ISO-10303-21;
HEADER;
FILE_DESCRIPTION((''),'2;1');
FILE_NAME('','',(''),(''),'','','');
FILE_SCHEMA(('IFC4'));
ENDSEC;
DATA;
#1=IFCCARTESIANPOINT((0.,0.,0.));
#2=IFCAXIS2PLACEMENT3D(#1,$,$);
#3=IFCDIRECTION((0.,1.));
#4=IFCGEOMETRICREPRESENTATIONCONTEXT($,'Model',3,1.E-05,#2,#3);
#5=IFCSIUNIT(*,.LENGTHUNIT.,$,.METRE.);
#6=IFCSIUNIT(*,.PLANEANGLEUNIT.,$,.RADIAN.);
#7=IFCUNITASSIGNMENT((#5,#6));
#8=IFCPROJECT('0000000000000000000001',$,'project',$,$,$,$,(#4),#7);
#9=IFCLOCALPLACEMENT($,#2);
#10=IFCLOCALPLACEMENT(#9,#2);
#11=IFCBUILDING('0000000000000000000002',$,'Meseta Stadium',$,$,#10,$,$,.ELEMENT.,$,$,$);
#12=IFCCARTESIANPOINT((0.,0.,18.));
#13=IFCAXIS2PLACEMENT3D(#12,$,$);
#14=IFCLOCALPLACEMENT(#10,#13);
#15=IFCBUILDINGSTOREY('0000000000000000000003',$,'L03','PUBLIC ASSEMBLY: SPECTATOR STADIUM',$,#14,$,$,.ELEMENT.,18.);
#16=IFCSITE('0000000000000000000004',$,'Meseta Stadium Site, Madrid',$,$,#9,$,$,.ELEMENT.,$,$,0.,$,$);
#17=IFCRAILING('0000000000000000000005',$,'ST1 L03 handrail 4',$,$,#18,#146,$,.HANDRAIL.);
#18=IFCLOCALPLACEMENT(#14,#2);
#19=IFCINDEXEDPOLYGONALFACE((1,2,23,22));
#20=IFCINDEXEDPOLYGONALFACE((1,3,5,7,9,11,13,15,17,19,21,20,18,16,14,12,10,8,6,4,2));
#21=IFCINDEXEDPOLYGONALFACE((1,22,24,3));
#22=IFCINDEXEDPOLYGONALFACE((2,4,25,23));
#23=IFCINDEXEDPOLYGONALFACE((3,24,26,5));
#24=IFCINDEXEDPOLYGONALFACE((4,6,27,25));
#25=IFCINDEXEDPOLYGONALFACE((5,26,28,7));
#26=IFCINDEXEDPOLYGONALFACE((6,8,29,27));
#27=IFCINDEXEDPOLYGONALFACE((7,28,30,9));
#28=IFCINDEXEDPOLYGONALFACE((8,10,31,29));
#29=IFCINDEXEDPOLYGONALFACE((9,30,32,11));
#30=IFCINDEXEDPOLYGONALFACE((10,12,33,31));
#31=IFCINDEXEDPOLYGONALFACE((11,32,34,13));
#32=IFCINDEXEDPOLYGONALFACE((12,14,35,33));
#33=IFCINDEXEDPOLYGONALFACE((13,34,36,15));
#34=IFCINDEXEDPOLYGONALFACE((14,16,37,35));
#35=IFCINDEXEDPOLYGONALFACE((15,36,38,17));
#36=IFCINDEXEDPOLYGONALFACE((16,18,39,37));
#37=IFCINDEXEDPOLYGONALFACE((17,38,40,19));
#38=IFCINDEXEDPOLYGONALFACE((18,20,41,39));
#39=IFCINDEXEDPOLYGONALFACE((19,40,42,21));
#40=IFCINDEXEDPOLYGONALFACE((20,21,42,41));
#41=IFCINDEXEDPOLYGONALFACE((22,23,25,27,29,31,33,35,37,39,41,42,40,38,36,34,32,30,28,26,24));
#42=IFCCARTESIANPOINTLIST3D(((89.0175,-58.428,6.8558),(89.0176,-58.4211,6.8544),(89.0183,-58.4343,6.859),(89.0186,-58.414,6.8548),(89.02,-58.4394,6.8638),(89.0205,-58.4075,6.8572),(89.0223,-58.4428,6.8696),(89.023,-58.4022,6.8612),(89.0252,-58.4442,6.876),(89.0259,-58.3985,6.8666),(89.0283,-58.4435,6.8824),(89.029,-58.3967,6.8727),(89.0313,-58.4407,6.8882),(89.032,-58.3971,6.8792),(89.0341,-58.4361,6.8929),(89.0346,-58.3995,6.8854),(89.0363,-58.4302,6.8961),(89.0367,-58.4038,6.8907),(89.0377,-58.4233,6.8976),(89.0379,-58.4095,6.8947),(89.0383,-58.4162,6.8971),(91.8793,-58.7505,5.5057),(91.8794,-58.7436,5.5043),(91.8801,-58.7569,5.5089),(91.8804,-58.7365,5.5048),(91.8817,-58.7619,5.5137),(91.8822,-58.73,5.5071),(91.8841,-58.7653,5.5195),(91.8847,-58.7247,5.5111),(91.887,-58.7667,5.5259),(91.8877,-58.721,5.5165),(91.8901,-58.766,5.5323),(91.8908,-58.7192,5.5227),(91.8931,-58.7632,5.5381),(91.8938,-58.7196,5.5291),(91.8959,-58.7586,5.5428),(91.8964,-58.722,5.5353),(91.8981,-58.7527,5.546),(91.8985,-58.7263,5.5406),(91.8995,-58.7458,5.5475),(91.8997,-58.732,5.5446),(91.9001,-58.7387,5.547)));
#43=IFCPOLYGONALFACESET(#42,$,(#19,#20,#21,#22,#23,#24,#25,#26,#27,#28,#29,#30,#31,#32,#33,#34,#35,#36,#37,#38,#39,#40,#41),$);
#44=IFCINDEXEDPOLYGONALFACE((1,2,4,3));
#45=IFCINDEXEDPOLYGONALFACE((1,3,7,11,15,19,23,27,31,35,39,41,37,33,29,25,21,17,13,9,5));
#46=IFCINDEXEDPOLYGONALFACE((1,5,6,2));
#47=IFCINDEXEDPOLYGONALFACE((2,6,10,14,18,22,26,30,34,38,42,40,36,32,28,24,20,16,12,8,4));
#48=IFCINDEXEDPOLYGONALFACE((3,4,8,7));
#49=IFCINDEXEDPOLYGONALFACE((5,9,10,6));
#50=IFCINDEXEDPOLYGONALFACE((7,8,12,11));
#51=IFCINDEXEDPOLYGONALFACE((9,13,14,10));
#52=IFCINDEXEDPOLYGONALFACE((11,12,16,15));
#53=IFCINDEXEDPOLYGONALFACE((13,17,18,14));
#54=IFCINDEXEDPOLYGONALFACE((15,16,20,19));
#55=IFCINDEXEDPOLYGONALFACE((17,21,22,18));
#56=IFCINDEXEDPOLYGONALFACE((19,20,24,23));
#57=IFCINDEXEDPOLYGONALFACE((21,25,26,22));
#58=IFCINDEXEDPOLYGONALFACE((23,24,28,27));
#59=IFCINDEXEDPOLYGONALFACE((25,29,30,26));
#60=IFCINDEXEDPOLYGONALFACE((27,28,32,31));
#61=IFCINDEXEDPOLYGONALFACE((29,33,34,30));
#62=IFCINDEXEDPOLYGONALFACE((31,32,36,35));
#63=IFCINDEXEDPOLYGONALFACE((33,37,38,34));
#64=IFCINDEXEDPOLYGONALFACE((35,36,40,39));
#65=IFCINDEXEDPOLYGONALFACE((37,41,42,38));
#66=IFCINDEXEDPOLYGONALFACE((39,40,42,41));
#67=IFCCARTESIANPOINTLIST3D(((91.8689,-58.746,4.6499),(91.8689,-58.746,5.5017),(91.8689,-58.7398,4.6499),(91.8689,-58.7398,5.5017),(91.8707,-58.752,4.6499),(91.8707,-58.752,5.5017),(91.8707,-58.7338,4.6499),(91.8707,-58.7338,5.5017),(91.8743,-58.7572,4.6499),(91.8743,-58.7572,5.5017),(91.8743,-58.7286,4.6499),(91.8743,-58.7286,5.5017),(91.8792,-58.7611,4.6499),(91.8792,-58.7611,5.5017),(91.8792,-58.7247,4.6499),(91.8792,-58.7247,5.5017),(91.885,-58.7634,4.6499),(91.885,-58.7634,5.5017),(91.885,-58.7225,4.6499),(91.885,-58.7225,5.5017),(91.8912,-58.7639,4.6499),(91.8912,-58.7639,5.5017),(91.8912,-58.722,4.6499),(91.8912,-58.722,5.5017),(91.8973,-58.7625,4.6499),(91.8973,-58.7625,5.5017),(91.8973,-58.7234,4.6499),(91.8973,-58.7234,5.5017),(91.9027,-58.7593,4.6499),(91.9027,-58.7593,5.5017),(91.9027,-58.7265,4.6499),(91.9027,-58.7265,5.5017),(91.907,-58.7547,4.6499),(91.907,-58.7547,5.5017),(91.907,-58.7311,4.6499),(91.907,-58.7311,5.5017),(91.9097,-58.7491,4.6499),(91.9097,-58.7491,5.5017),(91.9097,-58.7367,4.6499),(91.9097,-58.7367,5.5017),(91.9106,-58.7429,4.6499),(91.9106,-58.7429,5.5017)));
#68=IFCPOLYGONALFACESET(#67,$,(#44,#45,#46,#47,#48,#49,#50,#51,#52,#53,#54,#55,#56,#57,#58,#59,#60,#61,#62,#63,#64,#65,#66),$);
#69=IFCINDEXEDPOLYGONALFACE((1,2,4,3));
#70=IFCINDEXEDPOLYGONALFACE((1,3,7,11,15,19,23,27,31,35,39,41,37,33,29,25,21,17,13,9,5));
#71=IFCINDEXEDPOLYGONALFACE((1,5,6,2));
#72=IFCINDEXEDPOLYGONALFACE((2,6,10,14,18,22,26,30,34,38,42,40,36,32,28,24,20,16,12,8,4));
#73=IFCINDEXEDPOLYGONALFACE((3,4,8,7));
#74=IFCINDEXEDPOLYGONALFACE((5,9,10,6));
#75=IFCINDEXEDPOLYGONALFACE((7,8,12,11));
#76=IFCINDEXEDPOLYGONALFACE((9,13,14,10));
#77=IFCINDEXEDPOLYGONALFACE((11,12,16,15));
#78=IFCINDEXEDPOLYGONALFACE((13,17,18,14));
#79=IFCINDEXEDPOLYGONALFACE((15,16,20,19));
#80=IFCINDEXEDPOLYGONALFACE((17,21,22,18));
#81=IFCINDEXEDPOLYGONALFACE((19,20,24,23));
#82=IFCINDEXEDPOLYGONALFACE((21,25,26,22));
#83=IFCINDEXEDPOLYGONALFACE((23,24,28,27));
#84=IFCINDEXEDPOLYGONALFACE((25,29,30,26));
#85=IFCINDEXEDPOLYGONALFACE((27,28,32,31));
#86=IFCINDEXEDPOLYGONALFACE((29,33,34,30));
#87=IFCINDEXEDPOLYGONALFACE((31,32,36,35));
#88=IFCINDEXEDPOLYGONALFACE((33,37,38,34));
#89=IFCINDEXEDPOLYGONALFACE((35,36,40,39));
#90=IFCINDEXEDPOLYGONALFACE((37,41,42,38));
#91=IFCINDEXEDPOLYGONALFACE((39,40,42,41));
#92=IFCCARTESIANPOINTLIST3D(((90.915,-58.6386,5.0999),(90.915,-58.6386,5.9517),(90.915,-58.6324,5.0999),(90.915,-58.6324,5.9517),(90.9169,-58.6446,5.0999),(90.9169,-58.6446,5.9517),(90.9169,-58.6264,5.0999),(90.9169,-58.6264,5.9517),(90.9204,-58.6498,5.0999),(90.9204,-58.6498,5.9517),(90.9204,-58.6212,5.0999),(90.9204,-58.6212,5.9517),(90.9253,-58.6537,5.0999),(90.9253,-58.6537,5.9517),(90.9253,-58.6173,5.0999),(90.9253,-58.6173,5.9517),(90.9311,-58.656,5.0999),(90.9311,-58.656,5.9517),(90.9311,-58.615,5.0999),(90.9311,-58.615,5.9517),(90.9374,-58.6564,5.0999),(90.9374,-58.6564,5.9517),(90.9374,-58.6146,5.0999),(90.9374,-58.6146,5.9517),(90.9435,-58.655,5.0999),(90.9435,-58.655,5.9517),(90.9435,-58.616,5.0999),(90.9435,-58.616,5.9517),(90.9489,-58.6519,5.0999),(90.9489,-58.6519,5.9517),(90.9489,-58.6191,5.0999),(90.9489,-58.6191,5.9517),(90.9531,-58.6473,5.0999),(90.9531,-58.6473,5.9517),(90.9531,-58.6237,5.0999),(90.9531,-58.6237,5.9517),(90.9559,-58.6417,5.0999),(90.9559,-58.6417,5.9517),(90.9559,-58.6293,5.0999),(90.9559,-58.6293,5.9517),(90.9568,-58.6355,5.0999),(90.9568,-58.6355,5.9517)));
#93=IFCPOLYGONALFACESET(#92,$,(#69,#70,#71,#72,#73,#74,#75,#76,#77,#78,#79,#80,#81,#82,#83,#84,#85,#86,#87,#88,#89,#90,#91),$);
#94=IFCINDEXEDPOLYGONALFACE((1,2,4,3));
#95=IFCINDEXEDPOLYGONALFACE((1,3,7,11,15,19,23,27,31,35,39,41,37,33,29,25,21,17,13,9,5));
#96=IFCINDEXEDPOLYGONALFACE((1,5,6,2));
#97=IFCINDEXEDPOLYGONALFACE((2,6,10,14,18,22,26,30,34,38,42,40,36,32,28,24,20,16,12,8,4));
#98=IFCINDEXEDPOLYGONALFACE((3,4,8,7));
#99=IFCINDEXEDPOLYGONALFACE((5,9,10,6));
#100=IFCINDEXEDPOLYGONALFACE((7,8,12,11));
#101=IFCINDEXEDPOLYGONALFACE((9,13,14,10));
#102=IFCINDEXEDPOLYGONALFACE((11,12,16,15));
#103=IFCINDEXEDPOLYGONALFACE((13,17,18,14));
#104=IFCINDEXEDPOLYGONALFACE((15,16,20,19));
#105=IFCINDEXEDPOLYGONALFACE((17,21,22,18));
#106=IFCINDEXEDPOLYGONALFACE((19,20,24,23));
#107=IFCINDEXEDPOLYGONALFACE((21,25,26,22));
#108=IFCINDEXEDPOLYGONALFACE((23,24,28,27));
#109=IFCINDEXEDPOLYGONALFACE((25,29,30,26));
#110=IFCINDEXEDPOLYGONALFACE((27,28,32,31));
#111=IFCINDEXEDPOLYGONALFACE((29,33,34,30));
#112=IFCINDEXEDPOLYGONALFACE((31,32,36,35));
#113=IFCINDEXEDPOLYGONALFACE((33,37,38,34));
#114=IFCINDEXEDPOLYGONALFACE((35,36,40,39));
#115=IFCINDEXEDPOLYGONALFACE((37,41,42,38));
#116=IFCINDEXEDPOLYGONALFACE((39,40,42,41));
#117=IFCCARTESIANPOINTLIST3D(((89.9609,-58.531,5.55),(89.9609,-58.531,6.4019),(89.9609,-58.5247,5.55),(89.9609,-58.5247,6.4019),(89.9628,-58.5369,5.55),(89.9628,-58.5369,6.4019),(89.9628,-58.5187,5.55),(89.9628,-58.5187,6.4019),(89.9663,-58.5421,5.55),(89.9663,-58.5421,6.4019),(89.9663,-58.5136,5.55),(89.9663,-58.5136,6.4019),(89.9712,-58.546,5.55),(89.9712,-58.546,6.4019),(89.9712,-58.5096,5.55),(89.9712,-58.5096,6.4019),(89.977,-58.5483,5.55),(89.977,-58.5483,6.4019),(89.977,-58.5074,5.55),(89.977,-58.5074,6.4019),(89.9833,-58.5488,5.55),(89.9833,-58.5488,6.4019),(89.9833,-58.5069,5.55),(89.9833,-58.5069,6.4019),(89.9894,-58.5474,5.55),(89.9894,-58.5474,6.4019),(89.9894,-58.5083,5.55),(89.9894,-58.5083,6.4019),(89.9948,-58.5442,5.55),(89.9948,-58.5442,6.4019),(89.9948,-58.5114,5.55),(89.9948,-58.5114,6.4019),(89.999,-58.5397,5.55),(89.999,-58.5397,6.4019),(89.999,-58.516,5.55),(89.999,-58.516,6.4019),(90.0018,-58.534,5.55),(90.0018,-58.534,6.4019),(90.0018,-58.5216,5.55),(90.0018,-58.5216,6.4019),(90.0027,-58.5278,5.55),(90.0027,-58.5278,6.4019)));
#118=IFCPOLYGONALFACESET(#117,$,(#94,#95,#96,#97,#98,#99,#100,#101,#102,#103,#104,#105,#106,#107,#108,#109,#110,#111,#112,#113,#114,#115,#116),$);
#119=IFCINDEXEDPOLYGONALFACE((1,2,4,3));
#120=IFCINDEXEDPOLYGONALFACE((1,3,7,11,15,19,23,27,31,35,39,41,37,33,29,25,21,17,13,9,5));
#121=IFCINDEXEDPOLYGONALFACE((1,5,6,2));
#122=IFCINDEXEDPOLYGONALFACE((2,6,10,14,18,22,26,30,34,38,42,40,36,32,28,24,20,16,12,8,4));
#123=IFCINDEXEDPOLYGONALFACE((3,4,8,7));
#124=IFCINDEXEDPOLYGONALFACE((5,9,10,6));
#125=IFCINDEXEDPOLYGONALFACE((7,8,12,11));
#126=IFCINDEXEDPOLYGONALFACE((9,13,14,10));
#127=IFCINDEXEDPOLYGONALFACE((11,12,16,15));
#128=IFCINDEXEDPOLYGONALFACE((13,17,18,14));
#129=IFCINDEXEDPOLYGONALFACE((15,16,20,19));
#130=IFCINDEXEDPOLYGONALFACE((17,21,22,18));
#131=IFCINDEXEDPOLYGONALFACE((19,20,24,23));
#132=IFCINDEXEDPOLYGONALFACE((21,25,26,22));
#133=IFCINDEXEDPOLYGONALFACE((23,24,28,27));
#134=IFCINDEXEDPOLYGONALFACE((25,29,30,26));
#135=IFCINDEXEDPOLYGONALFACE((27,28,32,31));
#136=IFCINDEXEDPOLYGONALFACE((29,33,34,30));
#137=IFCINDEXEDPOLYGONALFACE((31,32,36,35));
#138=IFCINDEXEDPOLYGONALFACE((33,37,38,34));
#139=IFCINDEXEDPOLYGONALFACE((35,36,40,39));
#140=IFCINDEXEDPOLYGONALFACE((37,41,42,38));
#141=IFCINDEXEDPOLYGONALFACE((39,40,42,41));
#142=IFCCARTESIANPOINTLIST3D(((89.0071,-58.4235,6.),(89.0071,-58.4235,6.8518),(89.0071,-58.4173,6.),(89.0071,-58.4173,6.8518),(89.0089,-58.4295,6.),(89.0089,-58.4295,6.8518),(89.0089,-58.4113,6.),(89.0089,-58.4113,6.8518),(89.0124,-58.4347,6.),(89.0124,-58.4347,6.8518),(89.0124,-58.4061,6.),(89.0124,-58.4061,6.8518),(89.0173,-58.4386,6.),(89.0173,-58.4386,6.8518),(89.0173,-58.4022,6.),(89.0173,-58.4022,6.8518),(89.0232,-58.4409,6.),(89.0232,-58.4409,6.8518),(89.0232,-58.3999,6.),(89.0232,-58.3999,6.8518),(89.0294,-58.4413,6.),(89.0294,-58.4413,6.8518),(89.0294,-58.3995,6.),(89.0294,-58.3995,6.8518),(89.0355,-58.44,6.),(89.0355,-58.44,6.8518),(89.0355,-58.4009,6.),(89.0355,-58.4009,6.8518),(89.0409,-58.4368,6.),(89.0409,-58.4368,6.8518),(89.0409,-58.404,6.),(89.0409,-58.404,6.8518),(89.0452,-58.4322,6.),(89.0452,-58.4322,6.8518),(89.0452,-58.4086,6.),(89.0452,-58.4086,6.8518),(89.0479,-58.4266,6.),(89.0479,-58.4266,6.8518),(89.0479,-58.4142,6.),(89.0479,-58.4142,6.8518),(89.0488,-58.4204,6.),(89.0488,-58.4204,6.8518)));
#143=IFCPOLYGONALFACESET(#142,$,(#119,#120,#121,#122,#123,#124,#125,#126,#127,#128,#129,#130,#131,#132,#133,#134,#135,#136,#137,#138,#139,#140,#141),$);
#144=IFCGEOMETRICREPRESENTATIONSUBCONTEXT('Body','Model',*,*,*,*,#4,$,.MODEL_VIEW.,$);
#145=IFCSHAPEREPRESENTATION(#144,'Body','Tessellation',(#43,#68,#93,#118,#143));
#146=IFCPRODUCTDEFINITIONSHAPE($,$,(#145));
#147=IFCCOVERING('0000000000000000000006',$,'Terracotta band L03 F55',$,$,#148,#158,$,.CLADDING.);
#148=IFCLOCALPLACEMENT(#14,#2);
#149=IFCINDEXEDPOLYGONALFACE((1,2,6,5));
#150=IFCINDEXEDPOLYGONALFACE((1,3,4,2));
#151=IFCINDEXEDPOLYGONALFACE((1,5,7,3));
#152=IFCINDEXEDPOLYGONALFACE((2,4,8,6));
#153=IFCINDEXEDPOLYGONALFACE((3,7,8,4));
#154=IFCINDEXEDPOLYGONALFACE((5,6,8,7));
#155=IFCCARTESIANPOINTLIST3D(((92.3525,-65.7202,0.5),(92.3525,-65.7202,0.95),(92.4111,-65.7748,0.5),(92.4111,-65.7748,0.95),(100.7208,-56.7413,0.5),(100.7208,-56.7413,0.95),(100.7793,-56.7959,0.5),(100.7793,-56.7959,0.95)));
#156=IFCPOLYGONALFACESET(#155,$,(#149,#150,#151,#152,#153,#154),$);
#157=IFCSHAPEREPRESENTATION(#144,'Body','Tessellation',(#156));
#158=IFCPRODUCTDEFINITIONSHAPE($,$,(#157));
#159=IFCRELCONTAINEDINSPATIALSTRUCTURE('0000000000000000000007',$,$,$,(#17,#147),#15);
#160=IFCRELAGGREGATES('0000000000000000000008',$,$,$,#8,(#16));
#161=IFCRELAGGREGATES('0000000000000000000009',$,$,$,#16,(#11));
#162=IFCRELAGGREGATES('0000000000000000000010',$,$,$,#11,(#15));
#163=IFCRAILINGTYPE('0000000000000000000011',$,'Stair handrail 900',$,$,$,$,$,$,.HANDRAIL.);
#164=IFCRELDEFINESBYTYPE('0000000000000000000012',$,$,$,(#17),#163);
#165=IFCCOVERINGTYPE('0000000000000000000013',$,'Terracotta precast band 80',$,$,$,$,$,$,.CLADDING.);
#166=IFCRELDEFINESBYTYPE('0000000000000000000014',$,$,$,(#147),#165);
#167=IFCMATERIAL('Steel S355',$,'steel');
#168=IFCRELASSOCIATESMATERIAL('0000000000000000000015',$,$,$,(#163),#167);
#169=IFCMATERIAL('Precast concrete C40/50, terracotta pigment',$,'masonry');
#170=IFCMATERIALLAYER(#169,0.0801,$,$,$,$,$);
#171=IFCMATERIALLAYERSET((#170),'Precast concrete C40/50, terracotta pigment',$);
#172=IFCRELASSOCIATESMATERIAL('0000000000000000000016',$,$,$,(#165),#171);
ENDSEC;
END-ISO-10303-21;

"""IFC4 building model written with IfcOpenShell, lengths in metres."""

from ifc_helpers import new_model, si_unit, direction, frame, origin, origin_2d, place, context, subcontext, project, spatial, rectangle, circle, extrude, material, layer, layer_set, type_object, element, save


model = new_model("IFC4")

# Units and contexts
model_context = context("Model", 3, precision=1e-05, world=origin(), true_north=direction((0.0, 1.0)))
body_context = subcontext(model_context, "Body", "Model", "MODEL_VIEW")
ifc_project = project(units=[si_unit("LENGTHUNIT", "METRE"), si_unit("PLANEANGLEUNIT", "RADIAN")], contexts=[model_context])

# Site, building, storey
site_placement = place(None, origin())
site = spatial("IfcSite", under=ifc_project, at=site_placement, Name="Meseta Stadium Site, Madrid", CompositionType="ELEMENT", RefElevation=0.0)
building_placement = place(site_placement, origin())
building = spatial("IfcBuilding", under=site, at=building_placement, Name="Meseta Stadium", CompositionType="ELEMENT")
storey_placement = place(building_placement, frame((0.0, 0.0, 18.0)))
storey = spatial("IfcBuildingStorey", under=building, at=storey_placement, Name="L03", Description="PUBLIC ASSEMBLY: SPECTATOR STADIUM", CompositionType="ELEMENT", Elevation=18.0)

# Railing
ifc_material_1 = material(Name="Steel S355", Category="steel")
railing_type = type_object("IfcRailingType", Name="Stair handrail 900", PredefinedType="HANDRAIL", material=ifc_material_1)
for number, where, name in (
    (1, (91.8896, -58.7429, 4.6499), "ST1 L03 handrail 4"),
):
    element("IfcRailing", number, at=place(storey_placement, frame(where)), inside=storey, type_object=railing_type, Name=name, PredefinedType="HANDRAIL", context=body_context, shape_type="SweptSolid", body=[
        extrude(circle(Radius=0.0239, at=origin_2d()), frame((0.0, 0.0, 0.876), z_axis=(-0.899748, 0.101396, 0.424467), x_axis=(-0.111985, -0.99371, 0.0)), (0.0, 0.0, 1.0), 3.1807),
        extrude(circle(Radius=0.021, at=origin_2d()), origin(), (0.0, 0.0, 1.0), 0.8518),
        extrude(circle(Radius=0.021, at=origin_2d()), frame((-0.9539, 0.1074, 0.45)), (0.0, 0.0, 1.0), 0.8518),
        extrude(circle(Radius=0.021, at=origin_2d()), frame((-1.908, 0.2151, 0.9001)), (0.0, 0.0, 1.0), 0.8518),
        extrude(circle(Radius=0.021, at=origin_2d()), frame((-2.8618, 0.3225, 1.3501)), (0.0, 0.0, 1.0), 0.8518),
    ])

# Covering
ifc_material_2 = material(Name="Precast concrete C40/50, terracotta pigment", Category="masonry")
ifc_layer_1 = layer(ifc_material_2, 0.0801)
ifc_layer_set_1 = layer_set([ifc_layer_1], Name="Precast concrete C40/50, terracotta pigment")
covering_type_1 = type_object("IfcCoveringType", Name="Terracotta precast band 80", PredefinedType="CLADDING", material=ifc_layer_set_1)
covering_1_placement = place(storey_placement, frame((96.5659, -61.2581, 0.5), z_axis=(0.0, 0.0, 1.0), x_axis=(-0.681793, -0.731545, 0.0)))
element("IfcCovering", 2, at=covering_1_placement, inside=storey, type_object=covering_type_1, Name="Terracotta band L03 F55", PredefinedType="CLADDING", context=body_context, shape_type="SweptSolid", body=[
    extrude(rectangle(XDim=12.2739, YDim=0.0801, at=origin_2d()), origin(), (0.0, 0.0, 1.0), 0.45),
])

save(model, "model.ifc")
